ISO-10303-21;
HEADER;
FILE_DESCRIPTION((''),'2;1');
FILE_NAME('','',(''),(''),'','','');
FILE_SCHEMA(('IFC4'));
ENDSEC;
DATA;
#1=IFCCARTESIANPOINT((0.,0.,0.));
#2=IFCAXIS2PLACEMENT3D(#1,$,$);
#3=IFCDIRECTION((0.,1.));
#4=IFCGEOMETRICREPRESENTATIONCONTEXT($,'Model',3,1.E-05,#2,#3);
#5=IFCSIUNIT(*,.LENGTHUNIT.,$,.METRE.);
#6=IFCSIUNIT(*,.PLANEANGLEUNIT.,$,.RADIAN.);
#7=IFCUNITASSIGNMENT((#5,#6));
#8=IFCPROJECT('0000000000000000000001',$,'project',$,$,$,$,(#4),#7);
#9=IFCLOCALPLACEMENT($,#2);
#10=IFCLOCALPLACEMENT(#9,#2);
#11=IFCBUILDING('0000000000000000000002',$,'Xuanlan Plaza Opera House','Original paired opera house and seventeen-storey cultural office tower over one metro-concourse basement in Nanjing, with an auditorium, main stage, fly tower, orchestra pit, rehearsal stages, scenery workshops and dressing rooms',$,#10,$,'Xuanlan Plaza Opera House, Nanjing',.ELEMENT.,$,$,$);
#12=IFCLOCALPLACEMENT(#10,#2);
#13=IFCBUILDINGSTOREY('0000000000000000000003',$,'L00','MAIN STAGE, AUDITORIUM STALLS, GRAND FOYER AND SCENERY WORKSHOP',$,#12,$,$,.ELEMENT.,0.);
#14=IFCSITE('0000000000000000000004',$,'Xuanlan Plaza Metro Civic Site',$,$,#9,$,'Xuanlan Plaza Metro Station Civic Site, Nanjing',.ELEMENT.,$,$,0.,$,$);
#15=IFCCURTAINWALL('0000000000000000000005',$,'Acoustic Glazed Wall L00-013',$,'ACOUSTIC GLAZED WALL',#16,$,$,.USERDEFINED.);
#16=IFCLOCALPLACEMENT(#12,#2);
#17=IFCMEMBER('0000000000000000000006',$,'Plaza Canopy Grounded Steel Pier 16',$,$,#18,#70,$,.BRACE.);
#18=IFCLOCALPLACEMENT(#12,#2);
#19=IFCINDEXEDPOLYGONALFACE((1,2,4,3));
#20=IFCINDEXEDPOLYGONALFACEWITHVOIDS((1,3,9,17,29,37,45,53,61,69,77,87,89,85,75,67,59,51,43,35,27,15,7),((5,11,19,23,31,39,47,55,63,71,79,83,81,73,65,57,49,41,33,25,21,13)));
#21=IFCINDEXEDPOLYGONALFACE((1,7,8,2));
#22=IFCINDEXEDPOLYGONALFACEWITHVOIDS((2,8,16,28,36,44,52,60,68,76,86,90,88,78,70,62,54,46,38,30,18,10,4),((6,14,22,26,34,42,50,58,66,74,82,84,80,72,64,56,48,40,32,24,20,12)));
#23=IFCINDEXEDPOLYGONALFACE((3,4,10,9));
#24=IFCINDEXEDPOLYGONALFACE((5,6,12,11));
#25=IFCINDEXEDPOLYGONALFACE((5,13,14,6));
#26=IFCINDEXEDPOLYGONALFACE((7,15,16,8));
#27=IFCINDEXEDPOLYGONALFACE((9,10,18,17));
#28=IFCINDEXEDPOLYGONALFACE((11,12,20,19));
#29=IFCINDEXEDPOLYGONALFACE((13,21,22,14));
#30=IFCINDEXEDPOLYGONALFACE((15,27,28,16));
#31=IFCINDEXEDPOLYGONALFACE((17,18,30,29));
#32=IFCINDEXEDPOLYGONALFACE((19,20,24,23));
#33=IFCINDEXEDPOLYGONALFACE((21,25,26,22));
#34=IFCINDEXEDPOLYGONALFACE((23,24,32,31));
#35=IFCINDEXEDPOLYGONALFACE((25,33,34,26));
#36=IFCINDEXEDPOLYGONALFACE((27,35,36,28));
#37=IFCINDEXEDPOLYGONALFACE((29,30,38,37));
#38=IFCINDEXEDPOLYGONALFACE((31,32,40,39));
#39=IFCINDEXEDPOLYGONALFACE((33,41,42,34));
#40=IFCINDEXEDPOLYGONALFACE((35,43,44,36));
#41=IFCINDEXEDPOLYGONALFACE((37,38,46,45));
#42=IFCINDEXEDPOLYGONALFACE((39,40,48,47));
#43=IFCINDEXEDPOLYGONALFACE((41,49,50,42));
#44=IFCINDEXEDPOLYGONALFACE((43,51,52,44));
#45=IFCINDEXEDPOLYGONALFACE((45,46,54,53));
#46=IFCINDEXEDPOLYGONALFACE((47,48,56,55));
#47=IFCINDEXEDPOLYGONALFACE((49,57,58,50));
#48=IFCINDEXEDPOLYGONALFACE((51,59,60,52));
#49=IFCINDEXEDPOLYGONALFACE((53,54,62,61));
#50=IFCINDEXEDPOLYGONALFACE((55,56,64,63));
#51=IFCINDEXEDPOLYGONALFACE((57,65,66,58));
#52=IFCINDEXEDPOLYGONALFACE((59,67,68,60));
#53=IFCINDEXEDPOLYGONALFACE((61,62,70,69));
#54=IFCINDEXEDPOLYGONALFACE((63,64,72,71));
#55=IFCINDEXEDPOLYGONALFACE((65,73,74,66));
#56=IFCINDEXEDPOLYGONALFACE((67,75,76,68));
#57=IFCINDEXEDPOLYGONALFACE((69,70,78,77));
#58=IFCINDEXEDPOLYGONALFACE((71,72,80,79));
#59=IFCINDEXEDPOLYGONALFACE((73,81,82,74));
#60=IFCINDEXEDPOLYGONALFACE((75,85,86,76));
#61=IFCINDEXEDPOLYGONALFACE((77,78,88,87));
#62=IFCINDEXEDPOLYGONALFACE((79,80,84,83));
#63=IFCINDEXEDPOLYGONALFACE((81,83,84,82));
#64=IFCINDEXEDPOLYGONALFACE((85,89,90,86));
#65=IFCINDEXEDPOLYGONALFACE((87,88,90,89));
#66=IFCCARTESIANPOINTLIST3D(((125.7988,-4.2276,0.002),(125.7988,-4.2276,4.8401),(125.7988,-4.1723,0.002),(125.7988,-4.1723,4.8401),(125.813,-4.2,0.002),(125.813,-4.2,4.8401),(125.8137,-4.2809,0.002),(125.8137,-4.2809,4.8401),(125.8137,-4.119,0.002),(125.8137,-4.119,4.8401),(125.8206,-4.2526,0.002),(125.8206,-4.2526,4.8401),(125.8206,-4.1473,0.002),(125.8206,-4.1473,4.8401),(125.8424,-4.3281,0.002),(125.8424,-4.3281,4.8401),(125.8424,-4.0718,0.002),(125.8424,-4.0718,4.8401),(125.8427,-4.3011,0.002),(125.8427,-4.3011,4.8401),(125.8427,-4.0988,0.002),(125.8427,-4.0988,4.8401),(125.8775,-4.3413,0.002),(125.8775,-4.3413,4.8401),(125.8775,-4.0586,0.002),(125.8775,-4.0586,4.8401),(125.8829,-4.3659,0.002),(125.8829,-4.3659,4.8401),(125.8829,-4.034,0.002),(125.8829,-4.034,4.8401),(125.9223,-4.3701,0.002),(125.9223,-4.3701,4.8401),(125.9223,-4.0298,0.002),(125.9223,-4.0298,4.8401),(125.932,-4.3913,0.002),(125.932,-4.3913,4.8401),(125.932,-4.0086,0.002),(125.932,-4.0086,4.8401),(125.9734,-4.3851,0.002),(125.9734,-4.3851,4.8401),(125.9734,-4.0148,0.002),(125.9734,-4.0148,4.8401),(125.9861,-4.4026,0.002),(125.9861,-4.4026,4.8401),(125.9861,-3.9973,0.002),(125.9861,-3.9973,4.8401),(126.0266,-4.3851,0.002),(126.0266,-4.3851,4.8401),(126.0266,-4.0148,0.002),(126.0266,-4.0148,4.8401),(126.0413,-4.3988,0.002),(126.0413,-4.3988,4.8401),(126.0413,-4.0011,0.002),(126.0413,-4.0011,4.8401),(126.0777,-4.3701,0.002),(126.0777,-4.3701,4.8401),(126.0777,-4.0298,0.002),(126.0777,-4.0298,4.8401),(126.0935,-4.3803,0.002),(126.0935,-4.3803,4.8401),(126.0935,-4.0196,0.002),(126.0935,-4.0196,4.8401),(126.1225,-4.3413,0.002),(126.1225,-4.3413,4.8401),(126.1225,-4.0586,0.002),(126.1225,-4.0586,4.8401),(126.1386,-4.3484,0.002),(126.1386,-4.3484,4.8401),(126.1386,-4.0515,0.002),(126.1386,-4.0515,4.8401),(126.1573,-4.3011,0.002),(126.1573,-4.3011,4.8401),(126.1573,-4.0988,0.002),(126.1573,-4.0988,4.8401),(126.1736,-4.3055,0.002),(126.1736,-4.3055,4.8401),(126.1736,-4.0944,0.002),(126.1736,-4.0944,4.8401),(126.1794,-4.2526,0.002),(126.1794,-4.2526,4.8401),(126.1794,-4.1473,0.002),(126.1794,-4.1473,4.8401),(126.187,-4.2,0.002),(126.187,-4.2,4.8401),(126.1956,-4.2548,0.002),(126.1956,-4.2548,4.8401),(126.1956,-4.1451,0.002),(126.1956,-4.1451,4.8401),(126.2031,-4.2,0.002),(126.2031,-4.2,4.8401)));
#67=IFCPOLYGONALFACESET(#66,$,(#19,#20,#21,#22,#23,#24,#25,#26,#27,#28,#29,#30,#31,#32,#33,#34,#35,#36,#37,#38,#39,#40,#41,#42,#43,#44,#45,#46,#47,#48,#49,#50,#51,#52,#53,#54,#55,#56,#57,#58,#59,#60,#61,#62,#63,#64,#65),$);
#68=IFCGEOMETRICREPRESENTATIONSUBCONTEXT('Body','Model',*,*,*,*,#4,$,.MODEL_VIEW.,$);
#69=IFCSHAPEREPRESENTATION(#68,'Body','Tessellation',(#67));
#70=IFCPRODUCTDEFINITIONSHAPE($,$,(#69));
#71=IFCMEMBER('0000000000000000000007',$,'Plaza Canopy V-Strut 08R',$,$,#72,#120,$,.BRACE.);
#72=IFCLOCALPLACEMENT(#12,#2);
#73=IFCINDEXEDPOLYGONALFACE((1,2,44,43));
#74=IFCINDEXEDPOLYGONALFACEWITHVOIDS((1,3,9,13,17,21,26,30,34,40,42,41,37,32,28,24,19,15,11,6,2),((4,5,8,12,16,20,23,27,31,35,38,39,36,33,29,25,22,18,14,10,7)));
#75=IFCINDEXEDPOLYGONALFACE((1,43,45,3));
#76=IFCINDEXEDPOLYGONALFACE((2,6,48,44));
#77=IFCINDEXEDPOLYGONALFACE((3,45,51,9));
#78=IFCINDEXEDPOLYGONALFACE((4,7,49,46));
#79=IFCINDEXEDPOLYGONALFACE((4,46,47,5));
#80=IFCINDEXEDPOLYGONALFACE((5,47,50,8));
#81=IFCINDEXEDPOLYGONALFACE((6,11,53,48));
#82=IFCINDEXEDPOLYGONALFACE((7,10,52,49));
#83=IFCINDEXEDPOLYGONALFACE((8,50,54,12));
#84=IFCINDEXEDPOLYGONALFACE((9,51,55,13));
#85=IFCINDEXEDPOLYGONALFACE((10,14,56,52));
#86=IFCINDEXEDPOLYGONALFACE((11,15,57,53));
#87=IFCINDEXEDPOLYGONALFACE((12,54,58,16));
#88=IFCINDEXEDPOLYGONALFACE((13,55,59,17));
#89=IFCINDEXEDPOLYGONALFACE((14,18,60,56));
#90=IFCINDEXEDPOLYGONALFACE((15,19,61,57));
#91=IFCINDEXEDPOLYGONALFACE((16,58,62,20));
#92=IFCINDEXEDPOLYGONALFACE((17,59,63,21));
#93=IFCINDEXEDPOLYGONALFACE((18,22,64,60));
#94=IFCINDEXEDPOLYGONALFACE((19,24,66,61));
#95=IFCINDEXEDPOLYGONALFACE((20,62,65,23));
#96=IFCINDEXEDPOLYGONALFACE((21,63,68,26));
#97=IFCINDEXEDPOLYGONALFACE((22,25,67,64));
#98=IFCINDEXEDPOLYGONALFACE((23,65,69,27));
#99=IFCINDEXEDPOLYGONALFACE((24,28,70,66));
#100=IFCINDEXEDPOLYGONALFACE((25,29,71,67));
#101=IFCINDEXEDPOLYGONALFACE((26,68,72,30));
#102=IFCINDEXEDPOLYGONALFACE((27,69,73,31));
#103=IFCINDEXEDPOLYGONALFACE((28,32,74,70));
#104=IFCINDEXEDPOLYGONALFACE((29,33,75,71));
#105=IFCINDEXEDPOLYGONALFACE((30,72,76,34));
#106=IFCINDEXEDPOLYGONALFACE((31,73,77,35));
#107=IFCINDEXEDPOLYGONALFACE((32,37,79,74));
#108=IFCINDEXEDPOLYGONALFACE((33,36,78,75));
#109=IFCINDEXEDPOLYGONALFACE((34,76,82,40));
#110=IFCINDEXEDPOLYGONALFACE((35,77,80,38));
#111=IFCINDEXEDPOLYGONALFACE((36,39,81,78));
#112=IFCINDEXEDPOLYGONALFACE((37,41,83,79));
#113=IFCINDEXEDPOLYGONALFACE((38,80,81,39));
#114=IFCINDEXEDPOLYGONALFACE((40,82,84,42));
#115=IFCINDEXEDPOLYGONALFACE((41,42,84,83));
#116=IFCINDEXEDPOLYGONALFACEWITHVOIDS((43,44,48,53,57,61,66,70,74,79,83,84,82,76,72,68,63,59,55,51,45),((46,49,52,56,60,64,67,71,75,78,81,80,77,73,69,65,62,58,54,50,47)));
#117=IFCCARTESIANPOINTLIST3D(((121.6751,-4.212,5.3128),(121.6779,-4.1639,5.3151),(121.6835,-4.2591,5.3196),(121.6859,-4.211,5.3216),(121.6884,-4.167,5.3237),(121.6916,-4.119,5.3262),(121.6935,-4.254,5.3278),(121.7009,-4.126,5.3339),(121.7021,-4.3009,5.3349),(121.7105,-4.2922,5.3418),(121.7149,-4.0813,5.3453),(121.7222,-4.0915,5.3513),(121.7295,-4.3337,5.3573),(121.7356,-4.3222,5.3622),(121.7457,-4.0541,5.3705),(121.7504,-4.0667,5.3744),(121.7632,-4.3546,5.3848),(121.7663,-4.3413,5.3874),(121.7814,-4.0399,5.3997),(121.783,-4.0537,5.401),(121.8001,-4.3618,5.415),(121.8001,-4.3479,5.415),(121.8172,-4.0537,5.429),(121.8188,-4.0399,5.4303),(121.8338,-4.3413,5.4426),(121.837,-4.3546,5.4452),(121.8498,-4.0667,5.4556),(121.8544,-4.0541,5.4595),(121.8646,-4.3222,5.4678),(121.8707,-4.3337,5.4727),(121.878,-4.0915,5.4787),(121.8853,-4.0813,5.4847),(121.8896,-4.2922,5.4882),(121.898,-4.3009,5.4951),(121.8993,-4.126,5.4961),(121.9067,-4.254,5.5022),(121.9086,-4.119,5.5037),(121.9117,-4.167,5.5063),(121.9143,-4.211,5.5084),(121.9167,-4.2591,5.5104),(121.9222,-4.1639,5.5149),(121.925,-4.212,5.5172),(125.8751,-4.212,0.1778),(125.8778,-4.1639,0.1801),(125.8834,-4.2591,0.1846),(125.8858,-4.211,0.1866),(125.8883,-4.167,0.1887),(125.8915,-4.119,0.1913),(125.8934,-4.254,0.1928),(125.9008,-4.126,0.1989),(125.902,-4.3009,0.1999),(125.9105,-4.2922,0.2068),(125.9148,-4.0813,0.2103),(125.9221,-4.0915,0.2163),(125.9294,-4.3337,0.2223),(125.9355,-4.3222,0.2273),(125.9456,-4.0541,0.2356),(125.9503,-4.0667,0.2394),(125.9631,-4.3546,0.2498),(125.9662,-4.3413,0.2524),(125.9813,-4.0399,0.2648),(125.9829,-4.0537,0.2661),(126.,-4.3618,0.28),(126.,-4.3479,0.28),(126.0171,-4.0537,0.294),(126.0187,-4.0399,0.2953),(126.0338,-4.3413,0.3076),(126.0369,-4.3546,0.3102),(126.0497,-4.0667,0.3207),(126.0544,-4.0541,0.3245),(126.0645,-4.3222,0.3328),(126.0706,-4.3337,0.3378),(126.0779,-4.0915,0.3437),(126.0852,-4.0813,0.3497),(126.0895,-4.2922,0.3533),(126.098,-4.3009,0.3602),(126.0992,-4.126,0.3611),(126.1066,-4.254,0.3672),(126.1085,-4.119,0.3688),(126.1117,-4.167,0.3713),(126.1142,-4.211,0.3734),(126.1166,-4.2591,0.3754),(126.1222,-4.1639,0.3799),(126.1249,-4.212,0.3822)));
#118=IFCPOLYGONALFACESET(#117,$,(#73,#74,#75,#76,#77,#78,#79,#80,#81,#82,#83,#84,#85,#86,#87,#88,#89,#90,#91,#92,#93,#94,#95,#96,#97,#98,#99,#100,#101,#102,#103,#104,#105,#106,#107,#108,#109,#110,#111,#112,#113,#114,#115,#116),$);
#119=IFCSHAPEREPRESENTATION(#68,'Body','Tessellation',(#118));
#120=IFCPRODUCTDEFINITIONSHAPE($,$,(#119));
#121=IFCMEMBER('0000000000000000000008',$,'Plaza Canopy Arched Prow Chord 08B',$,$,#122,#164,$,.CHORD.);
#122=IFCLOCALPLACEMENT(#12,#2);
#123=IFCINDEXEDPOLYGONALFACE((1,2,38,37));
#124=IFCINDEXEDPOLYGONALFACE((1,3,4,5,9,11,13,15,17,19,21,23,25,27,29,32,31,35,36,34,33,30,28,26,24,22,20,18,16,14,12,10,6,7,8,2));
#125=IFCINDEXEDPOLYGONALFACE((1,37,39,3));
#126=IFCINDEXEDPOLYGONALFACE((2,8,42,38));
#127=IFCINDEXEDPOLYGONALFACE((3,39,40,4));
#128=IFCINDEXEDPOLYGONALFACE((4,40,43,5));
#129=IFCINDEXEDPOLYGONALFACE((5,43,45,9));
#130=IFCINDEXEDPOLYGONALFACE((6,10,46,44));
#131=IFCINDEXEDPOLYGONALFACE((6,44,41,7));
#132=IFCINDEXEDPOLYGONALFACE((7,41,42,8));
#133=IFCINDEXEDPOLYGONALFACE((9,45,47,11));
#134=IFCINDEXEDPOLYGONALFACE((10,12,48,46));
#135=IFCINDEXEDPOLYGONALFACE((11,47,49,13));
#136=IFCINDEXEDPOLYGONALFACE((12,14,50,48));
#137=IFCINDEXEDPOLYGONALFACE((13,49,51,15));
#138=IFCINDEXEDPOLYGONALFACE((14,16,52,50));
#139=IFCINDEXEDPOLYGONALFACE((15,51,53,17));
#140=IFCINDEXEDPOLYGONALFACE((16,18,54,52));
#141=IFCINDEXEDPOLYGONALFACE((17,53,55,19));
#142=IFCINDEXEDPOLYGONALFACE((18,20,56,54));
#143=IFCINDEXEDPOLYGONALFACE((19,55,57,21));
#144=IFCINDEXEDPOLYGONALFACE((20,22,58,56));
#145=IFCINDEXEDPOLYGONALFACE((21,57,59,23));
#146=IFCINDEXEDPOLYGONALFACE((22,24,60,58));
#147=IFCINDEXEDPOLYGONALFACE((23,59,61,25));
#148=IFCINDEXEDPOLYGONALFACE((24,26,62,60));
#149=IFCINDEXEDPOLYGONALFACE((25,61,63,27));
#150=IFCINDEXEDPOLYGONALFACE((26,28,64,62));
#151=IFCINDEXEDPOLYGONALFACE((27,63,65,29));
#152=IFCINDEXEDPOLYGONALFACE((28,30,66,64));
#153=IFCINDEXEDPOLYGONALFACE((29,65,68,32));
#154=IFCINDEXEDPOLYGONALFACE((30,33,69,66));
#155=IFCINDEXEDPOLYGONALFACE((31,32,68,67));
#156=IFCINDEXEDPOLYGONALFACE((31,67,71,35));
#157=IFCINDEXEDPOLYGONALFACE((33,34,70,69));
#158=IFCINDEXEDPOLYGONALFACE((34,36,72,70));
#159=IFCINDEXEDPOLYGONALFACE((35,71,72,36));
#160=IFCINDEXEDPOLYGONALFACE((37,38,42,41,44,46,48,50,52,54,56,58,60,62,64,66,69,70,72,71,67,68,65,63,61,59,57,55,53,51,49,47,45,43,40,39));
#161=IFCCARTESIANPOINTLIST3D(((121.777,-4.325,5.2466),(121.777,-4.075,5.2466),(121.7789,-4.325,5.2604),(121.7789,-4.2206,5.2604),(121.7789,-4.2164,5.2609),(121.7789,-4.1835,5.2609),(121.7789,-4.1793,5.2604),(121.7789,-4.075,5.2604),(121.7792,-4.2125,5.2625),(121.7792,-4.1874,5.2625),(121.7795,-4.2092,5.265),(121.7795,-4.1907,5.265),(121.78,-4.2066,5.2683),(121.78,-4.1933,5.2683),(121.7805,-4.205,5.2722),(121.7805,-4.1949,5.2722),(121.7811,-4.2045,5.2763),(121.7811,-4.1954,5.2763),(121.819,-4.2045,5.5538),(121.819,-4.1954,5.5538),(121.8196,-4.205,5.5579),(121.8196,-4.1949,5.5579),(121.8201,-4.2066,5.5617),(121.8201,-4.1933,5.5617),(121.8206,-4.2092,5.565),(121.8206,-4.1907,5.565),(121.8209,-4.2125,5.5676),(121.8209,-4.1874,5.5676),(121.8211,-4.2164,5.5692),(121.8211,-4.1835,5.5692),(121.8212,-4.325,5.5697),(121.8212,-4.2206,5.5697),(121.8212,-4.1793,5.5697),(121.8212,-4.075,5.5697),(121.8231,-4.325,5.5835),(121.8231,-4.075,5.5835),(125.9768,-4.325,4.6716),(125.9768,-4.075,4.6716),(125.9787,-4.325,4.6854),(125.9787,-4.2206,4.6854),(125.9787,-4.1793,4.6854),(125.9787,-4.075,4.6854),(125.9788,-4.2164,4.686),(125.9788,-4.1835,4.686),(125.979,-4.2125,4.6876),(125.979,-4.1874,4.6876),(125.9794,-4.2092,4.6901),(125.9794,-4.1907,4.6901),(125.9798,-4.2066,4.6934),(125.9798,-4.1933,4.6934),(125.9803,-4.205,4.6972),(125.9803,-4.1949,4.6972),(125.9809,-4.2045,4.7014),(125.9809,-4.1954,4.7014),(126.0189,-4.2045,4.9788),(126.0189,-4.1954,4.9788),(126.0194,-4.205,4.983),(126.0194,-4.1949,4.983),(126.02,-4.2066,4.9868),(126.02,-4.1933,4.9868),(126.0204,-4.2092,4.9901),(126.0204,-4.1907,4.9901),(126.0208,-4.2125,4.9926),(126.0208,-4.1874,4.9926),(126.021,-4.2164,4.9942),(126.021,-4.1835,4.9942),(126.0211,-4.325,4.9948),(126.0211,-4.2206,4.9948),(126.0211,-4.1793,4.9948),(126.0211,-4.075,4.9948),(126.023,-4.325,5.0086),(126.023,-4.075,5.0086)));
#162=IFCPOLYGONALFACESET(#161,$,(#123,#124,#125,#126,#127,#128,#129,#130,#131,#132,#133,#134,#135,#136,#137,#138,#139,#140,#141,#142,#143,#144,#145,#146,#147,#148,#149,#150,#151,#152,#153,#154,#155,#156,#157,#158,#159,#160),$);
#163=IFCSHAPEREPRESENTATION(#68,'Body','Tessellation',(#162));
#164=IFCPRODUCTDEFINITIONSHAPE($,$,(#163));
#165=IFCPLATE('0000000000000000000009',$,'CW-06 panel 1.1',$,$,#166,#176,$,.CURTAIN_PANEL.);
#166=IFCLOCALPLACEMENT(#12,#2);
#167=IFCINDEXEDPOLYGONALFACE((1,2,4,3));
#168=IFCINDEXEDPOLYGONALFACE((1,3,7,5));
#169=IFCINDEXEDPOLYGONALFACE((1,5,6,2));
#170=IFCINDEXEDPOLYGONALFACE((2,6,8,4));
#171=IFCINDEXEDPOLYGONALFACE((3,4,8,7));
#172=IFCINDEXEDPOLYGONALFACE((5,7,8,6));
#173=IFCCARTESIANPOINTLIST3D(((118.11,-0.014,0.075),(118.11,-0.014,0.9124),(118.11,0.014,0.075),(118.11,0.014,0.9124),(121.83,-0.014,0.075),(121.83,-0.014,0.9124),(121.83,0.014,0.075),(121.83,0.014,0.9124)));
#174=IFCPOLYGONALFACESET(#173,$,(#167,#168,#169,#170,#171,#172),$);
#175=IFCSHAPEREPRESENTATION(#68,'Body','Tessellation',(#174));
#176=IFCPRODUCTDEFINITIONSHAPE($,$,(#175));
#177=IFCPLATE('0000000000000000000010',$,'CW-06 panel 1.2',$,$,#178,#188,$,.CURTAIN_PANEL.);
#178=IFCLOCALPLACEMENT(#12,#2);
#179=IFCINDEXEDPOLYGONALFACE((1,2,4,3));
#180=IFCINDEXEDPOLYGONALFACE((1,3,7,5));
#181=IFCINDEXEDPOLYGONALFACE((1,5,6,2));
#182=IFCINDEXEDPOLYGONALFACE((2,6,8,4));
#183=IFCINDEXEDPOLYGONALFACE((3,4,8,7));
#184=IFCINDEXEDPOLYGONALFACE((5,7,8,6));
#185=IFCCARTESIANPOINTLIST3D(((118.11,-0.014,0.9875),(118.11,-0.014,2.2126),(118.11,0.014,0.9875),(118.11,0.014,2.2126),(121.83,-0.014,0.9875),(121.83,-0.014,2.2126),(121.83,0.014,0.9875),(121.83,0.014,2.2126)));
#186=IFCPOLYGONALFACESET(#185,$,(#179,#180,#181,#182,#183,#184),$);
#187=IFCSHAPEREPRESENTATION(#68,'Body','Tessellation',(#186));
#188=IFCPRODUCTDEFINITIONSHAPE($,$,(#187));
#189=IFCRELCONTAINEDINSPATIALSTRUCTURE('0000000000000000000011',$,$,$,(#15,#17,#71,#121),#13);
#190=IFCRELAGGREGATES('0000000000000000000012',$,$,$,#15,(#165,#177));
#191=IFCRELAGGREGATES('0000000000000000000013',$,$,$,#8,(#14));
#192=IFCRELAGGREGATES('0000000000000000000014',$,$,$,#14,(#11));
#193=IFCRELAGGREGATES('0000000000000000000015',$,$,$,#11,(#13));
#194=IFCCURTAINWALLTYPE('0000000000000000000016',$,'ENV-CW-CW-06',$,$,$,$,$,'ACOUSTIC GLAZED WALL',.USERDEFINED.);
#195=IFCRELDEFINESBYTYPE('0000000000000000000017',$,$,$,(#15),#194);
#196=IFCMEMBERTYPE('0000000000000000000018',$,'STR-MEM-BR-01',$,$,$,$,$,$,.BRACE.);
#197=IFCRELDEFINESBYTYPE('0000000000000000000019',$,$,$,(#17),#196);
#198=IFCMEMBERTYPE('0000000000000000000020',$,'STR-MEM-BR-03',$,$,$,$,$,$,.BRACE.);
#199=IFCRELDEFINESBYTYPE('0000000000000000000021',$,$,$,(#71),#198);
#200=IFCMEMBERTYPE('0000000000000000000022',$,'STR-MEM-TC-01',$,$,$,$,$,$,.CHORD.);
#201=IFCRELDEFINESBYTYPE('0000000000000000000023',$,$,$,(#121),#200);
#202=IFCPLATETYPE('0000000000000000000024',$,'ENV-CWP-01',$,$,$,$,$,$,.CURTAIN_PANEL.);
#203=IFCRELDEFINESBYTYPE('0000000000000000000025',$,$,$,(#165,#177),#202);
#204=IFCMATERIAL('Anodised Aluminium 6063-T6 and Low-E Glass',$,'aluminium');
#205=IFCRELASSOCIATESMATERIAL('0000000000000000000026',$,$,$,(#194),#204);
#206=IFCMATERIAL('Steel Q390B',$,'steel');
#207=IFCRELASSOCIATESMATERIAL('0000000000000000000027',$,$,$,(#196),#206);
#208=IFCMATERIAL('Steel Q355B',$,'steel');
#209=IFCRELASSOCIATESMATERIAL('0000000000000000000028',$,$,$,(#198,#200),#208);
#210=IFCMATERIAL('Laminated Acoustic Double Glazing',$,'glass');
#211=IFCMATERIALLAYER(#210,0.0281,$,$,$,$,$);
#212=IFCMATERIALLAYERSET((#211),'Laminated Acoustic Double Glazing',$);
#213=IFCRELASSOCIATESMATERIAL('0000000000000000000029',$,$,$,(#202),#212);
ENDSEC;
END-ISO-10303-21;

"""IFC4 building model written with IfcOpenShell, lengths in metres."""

from ifc_helpers import new_model, si_unit, direction, frame, origin, origin_2d, place, context, subcontext, project, spatial, rectangle, hollow_circle, i_section, extrude, material, layer, layer_set, material_profile, profile_set, type_object, element, aggregate, save


model = new_model("IFC4")

# Units and contexts
model_context = context("Model", 3, precision=1e-05, world=origin(), true_north=direction((0.0, 1.0)))
body_context = subcontext(model_context, "Body", "Model", "MODEL_VIEW")
ifc_project = project(units=[si_unit("LENGTHUNIT", "METRE"), si_unit("PLANEANGLEUNIT", "RADIAN")], contexts=[model_context])

# Site, building, storey
site_placement = place(None, origin())
site = spatial("IfcSite", under=ifc_project, at=site_placement, Name="Xuanlan Plaza Metro Civic Site", LongName="Xuanlan Plaza Metro Station Civic Site, Nanjing", CompositionType="ELEMENT", RefElevation=0.0)
building_placement = place(site_placement, origin())
building = spatial("IfcBuilding", under=site, at=building_placement, Name="Xuanlan Plaza Opera House", Description="Original paired opera house and seventeen-storey cultural office tower over one metro-concourse basement in Nanjing, with an auditorium, main stage, fly tower, orchestra pit, rehearsal stages, scenery workshops and dressing rooms", LongName="Xuanlan Plaza Opera House, Nanjing", CompositionType="ELEMENT")
storey_placement = place(building_placement, origin())
storey = spatial("IfcBuildingStorey", under=building, at=storey_placement, Name="L00", Description="MAIN STAGE, AUDITORIUM STALLS, GRAND FOYER AND SCENERY WORKSHOP", CompositionType="ELEMENT", Elevation=0.0)

# Curtain wall
ifc_material_1 = material(Name="Anodised Aluminium 6063-T6 and Low-E Glass", Category="aluminium")
curtain_wall_type = type_object("IfcCurtainWallType", Name="ENV-CW-CW-06", ElementType="ACOUSTIC GLAZED WALL", PredefinedType="USERDEFINED", material=ifc_material_1)
curtain_wall_placement = place(storey_placement, origin())
curtain_wall = element("IfcCurtainWall", 1, at=curtain_wall_placement, inside=storey, type_object=curtain_wall_type, Name="Acoustic Glazed Wall L00-013", ObjectType="ACOUSTIC GLAZED WALL", PredefinedType="USERDEFINED")

# Members
ifc_material_2 = material(Name="Steel Q390B", Category="steel")
ifc_material_profile_1 = material_profile(ifc_material_2, hollow_circle(Radius=0.2031, WallThickness=0.0161, at=origin_2d()), Name="CHS 406.4x16")
ifc_profile_set_1 = profile_set([ifc_material_profile_1], Name="Steel Q390B")
member_type_1 = type_object("IfcMemberType", Name="STR-MEM-BR-01", PredefinedType="BRACE", material=ifc_profile_set_1)
member_1_placement = place(storey_placement, frame((126.0, -4.2, 0.002), z_axis=(0.0, 0.0, 1.0), x_axis=(1.0, 0.0, 0.0)))
element("IfcMember", 2, at=member_1_placement, inside=storey, type_object=member_type_1, Name="Plaza Canopy Grounded Steel Pier 16", PredefinedType="BRACE", context=body_context, shape_type="SweptSolid", body=[
    extrude(hollow_circle(Radius=0.2031, WallThickness=0.0161, at=origin_2d()), origin(), (0.0, 0.0, 1.0), 4.8381),
])
ifc_material_3 = material(Name="Steel Q355B", Category="steel")
ifc_material_profile_2 = material_profile(ifc_material_3, hollow_circle(Radius=0.1619, WallThickness=0.0139, at=origin_2d()), Name="CHS 323.9x14")
ifc_profile_set_2 = profile_set([ifc_material_profile_2], Name="Steel Q355B")
member_type_2 = type_object("IfcMemberType", Name="STR-MEM-BR-03", PredefinedType="BRACE", material=ifc_profile_set_2)
member_2_placement = place(storey_placement, frame((126.0, -4.2, 0.28), z_axis=(-0.63311, 0.0, 0.774062), x_axis=(0.0, -1.0, 0.0)))
element("IfcMember", 3, at=member_2_placement, inside=storey, type_object=member_type_2, Name="Plaza Canopy V-Strut 08R", PredefinedType="BRACE", context=body_context, shape_type="SweptSolid", body=[
    extrude(hollow_circle(Radius=0.1619, WallThickness=0.0139, at=origin_2d()), origin(), (0.0, 0.0, 1.0), 6.6338),
])
ifc_material_profile_3 = material_profile(ifc_material_3, i_section(OverallWidth=0.25, OverallDepth=0.3401, WebThickness=0.009, FlangeThickness=0.0139, FilletRadius=0.0161, at=origin_2d()), Name="HM 340x250x9x14")
ifc_profile_set_3 = profile_set([ifc_material_profile_3], Name="Steel Q355B")
member_type_3 = type_object("IfcMemberType", Name="STR-MEM-TC-01", PredefinedType="CHORD", material=ifc_profile_set_3)
member_3_placement = place(storey_placement, frame((121.8, -4.2, 5.415), z_axis=(0.99076, 0.0, -0.13563), x_axis=(0.0, 1.0, 0.0)))
element("IfcMember", 4, at=member_3_placement, inside=storey, type_object=member_type_3, Name="Plaza Canopy Arched Prow Chord 08B", PredefinedType="CHORD", context=body_context, shape_type="SweptSolid", body=[
    extrude(i_section(OverallWidth=0.25, OverallDepth=0.3401, WebThickness=0.009, FlangeThickness=0.0139, FilletRadius=0.0161, at=origin_2d()), origin(), (0.0, 0.0, 1.0), 4.239),
])

# Plates
ifc_material_4 = material(Name="Laminated Acoustic Double Glazing", Category="glass")
ifc_layer_1 = layer(ifc_material_4, 0.0281)
ifc_layer_set_1 = layer_set([ifc_layer_1], Name="Laminated Acoustic Double Glazing")
plate_type = type_object("IfcPlateType", Name="ENV-CWP-01", PredefinedType="CURTAIN_PANEL", material=ifc_layer_set_1)
plate_1_placement = place(storey_placement, frame((119.97, 0.0, 0.075), z_axis=(0.0, 0.0, 1.0), x_axis=(1.0, 0.0, 0.0)))
plate_1 = element("IfcPlate", 5, at=plate_1_placement, type_object=plate_type, Name="CW-06 panel 1.1", PredefinedType="CURTAIN_PANEL", context=body_context, shape_type="SweptSolid", body=[
    extrude(rectangle(XDim=3.72, YDim=0.0281, at=origin_2d()), origin(), (0.0, 0.0, 1.0), 0.8374),
])
plate_2_placement = place(storey_placement, frame((119.97, 0.0, 0.9875), z_axis=(0.0, 0.0, 1.0), x_axis=(1.0, 0.0, 0.0)))
plate_2 = element("IfcPlate", 6, at=plate_2_placement, type_object=plate_type, Name="CW-06 panel 1.2", PredefinedType="CURTAIN_PANEL", context=body_context, shape_type="SweptSolid", body=[
    extrude(rectangle(XDim=3.72, YDim=0.0281, at=origin_2d()), origin(), (0.0, 0.0, 1.0), 1.2251),
])
aggregate(curtain_wall, [plate_1, plate_2])

save(model, "model.ifc")
